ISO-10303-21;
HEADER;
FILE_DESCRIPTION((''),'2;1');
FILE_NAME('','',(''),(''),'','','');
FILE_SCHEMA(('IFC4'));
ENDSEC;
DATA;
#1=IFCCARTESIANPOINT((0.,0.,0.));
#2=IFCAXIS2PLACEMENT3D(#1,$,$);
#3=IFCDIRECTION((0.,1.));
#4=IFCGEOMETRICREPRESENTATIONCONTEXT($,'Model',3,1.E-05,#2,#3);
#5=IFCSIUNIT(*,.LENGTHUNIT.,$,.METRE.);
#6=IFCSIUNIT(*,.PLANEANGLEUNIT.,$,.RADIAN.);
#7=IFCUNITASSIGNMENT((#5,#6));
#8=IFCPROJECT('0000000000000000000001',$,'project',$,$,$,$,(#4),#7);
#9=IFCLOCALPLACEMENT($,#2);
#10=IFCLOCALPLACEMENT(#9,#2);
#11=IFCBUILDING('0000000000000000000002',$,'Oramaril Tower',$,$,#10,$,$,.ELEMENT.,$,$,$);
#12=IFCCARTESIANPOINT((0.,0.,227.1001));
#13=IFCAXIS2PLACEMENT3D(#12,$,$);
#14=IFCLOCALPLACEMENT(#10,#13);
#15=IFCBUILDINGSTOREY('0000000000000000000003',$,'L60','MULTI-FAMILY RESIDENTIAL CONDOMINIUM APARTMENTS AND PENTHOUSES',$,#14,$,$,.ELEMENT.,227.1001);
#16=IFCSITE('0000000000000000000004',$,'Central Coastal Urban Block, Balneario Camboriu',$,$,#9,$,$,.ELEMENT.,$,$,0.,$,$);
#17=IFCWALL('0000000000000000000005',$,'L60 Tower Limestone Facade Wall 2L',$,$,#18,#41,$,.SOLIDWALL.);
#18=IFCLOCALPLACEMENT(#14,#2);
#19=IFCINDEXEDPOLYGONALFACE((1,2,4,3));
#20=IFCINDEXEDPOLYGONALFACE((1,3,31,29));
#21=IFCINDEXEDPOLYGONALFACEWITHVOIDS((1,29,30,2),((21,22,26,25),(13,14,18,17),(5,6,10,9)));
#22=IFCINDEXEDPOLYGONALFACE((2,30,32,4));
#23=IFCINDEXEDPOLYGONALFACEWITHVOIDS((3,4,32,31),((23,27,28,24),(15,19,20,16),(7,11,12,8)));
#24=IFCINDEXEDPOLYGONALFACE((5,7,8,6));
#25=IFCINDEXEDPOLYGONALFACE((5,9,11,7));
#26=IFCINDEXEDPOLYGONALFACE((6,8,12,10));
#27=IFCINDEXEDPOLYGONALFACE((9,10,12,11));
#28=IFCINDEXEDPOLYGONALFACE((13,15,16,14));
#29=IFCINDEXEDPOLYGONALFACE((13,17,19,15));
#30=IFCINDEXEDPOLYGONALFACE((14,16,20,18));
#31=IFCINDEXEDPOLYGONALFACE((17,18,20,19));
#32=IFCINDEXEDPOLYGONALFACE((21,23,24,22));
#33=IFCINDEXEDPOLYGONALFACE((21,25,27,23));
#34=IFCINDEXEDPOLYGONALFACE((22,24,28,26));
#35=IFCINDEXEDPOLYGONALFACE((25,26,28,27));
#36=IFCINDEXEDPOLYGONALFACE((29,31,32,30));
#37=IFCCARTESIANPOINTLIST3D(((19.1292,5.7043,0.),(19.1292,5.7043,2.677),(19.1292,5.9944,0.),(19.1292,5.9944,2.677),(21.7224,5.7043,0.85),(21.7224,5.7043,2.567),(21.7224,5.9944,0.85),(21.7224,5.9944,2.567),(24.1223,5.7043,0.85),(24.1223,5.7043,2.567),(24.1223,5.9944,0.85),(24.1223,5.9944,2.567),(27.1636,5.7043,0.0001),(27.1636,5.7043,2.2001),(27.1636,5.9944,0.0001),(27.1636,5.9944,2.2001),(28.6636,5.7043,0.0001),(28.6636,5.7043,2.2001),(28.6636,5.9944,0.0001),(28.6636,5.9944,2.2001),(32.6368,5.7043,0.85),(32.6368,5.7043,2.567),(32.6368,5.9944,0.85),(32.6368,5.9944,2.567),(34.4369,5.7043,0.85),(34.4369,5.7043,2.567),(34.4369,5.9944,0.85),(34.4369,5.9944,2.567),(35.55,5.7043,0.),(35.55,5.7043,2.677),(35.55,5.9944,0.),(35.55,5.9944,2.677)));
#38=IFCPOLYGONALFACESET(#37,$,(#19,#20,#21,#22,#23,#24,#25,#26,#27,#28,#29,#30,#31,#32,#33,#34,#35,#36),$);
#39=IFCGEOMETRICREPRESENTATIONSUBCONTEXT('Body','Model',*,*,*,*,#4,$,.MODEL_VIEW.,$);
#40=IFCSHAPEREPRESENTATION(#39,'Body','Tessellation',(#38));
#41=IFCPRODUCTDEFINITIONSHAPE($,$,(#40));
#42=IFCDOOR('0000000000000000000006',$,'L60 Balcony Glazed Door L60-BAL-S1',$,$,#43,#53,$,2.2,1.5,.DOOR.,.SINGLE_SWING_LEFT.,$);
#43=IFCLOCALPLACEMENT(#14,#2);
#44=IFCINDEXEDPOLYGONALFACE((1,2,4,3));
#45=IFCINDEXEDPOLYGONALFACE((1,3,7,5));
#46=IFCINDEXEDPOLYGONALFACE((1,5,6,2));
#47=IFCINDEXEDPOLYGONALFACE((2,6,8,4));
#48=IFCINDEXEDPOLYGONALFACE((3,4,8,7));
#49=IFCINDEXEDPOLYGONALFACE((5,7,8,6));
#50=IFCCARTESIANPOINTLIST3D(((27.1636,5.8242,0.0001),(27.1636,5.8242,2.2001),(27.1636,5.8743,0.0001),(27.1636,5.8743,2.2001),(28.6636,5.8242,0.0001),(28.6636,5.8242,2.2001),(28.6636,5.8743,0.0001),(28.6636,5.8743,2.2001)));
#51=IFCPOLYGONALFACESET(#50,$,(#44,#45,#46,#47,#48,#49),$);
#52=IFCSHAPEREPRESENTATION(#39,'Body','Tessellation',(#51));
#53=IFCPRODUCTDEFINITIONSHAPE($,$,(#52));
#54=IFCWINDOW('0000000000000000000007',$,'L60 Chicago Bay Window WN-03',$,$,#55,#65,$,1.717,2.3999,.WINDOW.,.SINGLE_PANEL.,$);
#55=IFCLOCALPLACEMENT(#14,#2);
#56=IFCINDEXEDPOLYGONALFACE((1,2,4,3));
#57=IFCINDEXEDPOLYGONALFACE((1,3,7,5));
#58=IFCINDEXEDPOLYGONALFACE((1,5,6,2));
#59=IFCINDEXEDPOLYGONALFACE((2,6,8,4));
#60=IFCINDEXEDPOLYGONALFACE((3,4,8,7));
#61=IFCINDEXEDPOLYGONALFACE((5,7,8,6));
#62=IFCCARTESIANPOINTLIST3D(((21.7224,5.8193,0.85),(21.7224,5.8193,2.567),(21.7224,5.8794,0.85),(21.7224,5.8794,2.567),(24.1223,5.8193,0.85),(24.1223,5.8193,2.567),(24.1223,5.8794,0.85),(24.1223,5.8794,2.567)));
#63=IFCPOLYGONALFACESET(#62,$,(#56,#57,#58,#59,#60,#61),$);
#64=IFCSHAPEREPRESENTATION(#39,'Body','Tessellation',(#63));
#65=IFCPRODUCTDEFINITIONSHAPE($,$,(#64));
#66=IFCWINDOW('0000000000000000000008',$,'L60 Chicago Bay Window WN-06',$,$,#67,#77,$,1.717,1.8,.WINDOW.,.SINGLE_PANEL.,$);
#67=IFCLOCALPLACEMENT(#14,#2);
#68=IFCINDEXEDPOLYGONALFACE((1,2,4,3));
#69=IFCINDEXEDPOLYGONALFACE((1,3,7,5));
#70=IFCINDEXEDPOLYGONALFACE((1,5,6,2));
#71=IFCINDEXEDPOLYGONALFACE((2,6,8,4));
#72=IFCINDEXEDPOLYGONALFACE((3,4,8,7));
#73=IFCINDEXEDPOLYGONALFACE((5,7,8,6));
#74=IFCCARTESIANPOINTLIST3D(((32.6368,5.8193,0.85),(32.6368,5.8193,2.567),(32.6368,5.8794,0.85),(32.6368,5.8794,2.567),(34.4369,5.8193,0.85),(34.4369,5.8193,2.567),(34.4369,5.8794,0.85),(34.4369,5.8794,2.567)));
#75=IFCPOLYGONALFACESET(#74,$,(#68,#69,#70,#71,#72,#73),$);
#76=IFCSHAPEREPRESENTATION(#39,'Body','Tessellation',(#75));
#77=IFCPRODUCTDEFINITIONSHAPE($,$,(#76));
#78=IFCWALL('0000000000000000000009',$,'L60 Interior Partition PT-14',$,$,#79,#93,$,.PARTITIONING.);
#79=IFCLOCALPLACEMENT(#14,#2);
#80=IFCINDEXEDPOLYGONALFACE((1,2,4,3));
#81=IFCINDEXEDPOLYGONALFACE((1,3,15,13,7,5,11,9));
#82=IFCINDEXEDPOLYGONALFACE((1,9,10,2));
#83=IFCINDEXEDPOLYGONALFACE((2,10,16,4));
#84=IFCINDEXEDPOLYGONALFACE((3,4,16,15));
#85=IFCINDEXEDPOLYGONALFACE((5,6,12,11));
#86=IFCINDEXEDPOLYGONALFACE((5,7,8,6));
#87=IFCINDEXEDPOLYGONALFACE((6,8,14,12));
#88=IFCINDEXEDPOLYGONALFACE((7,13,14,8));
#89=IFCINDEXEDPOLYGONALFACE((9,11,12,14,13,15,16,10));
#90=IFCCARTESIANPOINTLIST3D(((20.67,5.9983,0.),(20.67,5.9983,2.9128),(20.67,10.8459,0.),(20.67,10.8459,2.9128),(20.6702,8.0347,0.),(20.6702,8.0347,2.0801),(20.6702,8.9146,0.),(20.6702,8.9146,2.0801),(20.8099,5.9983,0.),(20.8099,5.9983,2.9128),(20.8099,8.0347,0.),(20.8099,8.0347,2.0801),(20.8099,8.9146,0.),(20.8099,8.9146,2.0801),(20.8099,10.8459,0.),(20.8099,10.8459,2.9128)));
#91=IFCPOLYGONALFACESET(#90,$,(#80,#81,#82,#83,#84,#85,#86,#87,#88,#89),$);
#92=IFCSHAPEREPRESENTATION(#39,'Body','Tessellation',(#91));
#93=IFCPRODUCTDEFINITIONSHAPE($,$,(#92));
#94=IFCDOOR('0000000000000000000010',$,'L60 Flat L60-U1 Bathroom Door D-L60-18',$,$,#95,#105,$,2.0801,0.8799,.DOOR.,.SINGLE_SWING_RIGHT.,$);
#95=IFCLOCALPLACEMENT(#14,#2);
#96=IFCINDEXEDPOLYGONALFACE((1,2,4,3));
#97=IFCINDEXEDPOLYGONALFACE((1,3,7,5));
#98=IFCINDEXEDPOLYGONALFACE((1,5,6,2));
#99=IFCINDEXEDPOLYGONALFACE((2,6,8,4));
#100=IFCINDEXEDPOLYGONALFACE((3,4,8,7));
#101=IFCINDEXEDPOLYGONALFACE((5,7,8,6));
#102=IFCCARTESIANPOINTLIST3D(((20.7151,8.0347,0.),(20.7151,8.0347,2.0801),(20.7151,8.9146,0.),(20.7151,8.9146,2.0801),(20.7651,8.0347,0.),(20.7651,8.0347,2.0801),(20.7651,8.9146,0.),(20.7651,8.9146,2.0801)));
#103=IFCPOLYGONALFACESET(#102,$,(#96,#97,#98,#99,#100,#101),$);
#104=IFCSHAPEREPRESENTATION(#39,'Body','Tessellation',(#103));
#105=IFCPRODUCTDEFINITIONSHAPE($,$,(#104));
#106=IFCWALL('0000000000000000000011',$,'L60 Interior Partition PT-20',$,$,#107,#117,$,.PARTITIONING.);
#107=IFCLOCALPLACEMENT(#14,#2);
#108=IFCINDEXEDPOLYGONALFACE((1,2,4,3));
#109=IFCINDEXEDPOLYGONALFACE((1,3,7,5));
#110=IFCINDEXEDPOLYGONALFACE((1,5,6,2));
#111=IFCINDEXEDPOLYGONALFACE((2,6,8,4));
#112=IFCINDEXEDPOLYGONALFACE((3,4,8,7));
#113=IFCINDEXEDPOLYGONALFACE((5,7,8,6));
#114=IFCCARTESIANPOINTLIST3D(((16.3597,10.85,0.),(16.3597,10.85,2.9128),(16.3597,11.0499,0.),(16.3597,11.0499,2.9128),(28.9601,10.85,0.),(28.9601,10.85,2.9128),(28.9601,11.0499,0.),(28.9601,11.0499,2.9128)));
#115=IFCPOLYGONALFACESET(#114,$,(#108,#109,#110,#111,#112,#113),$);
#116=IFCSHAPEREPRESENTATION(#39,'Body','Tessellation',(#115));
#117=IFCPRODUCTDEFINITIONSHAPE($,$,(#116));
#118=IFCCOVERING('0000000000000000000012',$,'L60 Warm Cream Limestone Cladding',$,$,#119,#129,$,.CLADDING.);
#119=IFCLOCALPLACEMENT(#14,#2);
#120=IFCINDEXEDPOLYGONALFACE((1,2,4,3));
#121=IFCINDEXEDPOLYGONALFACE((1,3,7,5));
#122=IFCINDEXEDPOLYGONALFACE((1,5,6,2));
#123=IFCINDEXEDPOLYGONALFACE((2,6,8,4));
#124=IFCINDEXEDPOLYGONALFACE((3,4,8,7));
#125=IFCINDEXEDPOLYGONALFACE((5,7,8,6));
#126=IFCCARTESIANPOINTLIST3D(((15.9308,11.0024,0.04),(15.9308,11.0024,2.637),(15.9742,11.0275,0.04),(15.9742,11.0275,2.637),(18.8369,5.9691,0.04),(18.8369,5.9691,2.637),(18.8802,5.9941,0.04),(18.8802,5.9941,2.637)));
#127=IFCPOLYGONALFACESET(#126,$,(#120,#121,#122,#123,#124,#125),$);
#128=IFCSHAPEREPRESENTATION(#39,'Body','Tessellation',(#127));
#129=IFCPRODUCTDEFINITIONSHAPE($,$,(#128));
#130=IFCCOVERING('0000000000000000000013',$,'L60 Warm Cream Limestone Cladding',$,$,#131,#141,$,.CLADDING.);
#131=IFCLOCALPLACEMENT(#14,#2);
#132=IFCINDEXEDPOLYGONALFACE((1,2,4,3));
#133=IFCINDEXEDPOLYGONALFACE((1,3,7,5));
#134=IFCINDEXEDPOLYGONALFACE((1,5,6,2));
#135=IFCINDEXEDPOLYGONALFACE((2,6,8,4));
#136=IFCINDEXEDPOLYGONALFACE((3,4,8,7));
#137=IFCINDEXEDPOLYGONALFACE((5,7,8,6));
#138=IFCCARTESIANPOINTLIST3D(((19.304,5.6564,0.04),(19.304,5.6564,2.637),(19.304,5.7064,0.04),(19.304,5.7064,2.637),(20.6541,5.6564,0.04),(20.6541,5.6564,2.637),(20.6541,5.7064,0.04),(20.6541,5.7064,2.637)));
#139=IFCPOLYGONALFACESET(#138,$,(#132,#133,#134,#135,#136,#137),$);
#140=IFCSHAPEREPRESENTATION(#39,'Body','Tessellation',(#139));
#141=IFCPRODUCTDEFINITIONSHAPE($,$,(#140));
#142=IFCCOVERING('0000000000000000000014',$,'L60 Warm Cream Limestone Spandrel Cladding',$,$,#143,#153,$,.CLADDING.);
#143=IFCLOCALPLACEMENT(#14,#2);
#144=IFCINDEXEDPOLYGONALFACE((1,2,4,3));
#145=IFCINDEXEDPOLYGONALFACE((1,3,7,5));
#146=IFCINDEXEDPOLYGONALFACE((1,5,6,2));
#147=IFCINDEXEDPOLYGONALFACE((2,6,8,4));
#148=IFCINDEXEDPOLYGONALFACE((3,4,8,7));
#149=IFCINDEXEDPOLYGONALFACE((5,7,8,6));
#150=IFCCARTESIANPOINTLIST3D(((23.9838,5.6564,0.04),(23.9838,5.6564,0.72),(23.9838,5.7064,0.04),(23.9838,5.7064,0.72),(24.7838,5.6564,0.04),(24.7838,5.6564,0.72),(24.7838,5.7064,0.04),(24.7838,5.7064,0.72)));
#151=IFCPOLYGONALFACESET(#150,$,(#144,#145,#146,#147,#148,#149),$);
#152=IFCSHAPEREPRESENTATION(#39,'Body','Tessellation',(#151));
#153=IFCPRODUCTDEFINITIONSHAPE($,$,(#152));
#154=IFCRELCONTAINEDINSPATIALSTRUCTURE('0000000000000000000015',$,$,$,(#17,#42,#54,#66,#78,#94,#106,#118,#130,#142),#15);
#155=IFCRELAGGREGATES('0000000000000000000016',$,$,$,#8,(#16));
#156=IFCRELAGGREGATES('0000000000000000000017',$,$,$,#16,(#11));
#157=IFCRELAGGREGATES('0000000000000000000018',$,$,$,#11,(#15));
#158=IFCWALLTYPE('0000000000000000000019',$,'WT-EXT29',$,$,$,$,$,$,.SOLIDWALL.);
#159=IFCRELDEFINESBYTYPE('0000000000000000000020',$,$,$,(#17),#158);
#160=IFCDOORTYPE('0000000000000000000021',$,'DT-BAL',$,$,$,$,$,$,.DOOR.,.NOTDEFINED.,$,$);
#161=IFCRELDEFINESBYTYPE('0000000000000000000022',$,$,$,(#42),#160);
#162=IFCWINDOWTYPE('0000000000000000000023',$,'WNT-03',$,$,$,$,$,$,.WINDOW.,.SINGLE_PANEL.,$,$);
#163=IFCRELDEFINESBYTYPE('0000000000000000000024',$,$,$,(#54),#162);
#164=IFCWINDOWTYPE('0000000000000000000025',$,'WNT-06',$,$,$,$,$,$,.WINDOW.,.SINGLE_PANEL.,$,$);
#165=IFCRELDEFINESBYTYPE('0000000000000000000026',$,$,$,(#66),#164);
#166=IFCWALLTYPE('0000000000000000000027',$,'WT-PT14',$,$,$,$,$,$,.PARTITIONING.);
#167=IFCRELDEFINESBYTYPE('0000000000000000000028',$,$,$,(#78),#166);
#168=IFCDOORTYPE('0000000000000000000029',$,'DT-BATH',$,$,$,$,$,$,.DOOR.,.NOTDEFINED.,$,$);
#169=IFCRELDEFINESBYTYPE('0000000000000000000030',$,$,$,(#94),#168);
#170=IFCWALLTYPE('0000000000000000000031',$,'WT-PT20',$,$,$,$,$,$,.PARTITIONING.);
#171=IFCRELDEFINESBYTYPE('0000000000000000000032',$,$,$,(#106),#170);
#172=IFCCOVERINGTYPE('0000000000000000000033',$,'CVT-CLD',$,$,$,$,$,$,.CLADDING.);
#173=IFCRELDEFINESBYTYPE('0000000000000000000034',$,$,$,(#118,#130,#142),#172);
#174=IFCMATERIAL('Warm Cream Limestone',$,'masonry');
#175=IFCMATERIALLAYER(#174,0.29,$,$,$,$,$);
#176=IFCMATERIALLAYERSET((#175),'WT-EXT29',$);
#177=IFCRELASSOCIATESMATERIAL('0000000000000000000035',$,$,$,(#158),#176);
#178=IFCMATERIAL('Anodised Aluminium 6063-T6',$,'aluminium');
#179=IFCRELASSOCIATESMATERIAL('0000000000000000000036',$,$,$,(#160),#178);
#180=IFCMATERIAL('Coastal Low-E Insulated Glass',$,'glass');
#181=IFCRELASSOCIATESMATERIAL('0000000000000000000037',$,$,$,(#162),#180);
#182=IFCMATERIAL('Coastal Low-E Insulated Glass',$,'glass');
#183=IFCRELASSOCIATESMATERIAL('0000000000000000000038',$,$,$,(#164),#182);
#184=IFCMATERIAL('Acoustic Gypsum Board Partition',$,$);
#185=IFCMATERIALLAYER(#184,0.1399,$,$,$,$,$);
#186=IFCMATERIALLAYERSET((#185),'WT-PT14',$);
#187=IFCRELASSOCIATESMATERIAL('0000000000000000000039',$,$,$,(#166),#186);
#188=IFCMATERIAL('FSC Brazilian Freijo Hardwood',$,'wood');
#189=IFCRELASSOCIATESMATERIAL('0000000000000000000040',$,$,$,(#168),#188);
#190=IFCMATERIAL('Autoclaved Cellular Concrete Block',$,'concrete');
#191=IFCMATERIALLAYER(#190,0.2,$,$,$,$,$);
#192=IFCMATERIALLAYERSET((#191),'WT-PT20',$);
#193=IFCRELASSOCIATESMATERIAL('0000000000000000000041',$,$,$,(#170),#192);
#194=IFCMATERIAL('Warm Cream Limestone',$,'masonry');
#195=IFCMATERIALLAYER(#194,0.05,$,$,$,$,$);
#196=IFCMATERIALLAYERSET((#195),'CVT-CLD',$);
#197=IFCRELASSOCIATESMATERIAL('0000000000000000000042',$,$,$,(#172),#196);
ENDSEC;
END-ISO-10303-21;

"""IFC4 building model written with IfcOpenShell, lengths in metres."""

from ifc_helpers import new_model, si_unit, direction, frame, frame_2d, origin, origin_2d, place, context, subcontext, project, spatial, rectangle, extrude, material, layer, layer_set, type_object, element, fill, save


model = new_model("IFC4")

# Units and contexts
model_context = context("Model", 3, precision=1e-05, world=origin(), true_north=direction((0.0, 1.0)))
body_context = subcontext(model_context, "Body", "Model", "MODEL_VIEW")
ifc_project = project(units=[si_unit("LENGTHUNIT", "METRE"), si_unit("PLANEANGLEUNIT", "RADIAN")], contexts=[model_context])

# Site, building, storey
site_placement = place(None, origin())
site = spatial("IfcSite", under=ifc_project, at=site_placement, Name="Central Coastal Urban Block, Balneario Camboriu", CompositionType="ELEMENT", RefElevation=0.0)
building_placement = place(site_placement, origin())
building = spatial("IfcBuilding", under=site, at=building_placement, Name="Oramaril Tower", CompositionType="ELEMENT")
storey_placement = place(building_placement, frame((0.0, 0.0, 227.1001)))
storey = spatial("IfcBuildingStorey", under=building, at=storey_placement, Name="L60", Description="MULTI-FAMILY RESIDENTIAL CONDOMINIUM APARTMENTS AND PENTHOUSES", CompositionType="ELEMENT", Elevation=227.1001)

# Wall, openings, door, windows
ifc_material_1 = material(Name="Warm Cream Limestone", Category="masonry")
ifc_layer_1 = layer(ifc_material_1, 0.29)
ifc_layer_set_1 = layer_set([ifc_layer_1], Name="WT-EXT29")
wall_type_1 = type_object("IfcWallType", Name="WT-EXT29", PredefinedType="SOLIDWALL", material=ifc_layer_set_1)
wall_1_placement = place(storey_placement, frame((19.1292, 5.8494, 0.0), z_axis=(0.0, 0.0, 1.0), x_axis=(1.0, 0.0, 0.0)))
wall_1 = element("IfcWall", 1, at=wall_1_placement, inside=storey, type_object=wall_type_1, Name="L60 Tower Limestone Facade Wall 2L", PredefinedType="SOLIDWALL", context=body_context, shape_type="SweptSolid", body=[
    extrude(rectangle(XDim=16.4209, YDim=0.29, at=frame_2d((8.2104, 0.0))), origin(), (0.0, 0.0, 1.0), 2.677),
])
opening_1_placement = place(wall_1_placement, frame((8.0344, 0.0, 0.0)))
opening_1 = element("IfcOpeningElement", 2, at=opening_1_placement, cuts=wall_1, PredefinedType="OPENING", context=body_context, shape_type="SweptSolid", body=[
    extrude(rectangle(XDim=1.5, YDim=2.2, at=frame_2d((0.75, 1.1001))), frame((0.0, 0.145, 0.0), z_axis=(0.0, -1.0, 0.0), x_axis=(1.0, 0.0, 0.0)), (0.0, 0.0, 1.0), 0.29),
])
opening_2_placement = place(wall_1_placement, frame((2.5933, 0.0, 0.8501)))
opening_2 = element("IfcOpeningElement", 3, at=opening_2_placement, cuts=wall_1, PredefinedType="OPENING", context=body_context, shape_type="SweptSolid", body=[
    extrude(rectangle(XDim=2.3999, YDim=1.717, at=frame_2d((1.2, 0.8584))), frame((0.0, 0.145, 0.0), z_axis=(0.0, -1.0, 0.0), x_axis=(1.0, 0.0, 0.0)), (0.0, 0.0, 1.0), 0.29),
])
opening_3_placement = place(wall_1_placement, frame((13.5078, 0.0, 0.8501)))
opening_3 = element("IfcOpeningElement", 4, at=opening_3_placement, cuts=wall_1, PredefinedType="OPENING", context=body_context, shape_type="SweptSolid", body=[
    extrude(rectangle(XDim=1.8, YDim=1.717, at=frame_2d((0.8999, 0.8584))), frame((0.0, 0.145, 0.0), z_axis=(0.0, -1.0, 0.0), x_axis=(1.0, 0.0, 0.0)), (0.0, 0.0, 1.0), 0.29),
])
ifc_material_2 = material(Name="Anodised Aluminium 6063-T6", Category="aluminium")
door_type_1 = type_object("IfcDoorType", Name="DT-BAL", OperationType="NOTDEFINED", PredefinedType="DOOR", material=ifc_material_2)
door_1_placement = place(opening_1_placement, origin())
door_1 = element("IfcDoor", 5, at=door_1_placement, inside=storey, type_object=door_type_1, Name="L60 Balcony Glazed Door L60-BAL-S1", OperationType="SINGLE_SWING_LEFT", OverallHeight=2.2, OverallWidth=1.5, PredefinedType="DOOR", context=body_context, shape_type="SweptSolid", body=[
    extrude(rectangle(XDim=1.5, YDim=2.2, at=frame_2d((0.75, 1.1001))), frame((0.0, 0.0249, 0.0), z_axis=(0.0, -1.0, 0.0), x_axis=(1.0, 0.0, 0.0)), (0.0, 0.0, 1.0), 0.05),
])
fill(opening_1, door_1)
ifc_material_3 = material(Name="Coastal Low-E Insulated Glass", Category="glass")
window_type_1 = type_object("IfcWindowType", Name="WNT-03", PartitioningType="SINGLE_PANEL", PredefinedType="WINDOW", material=ifc_material_3)
window_1_placement = place(opening_2_placement, origin())
window_1 = element("IfcWindow", 6, at=window_1_placement, inside=storey, type_object=window_type_1, Name="L60 Chicago Bay Window WN-03", OverallHeight=1.717, OverallWidth=2.3999, PartitioningType="SINGLE_PANEL", PredefinedType="WINDOW", context=body_context, shape_type="SweptSolid", body=[
    extrude(rectangle(XDim=2.3999, YDim=1.717, at=frame_2d((1.2, 0.8584))), frame((0.0, 0.03, 0.0), z_axis=(0.0, -1.0, 0.0), x_axis=(1.0, 0.0, 0.0)), (0.0, 0.0, 1.0), 0.0601),
])
fill(opening_2, window_1)
ifc_material_4 = material(Name="Coastal Low-E Insulated Glass", Category="glass")
window_type_2 = type_object("IfcWindowType", Name="WNT-06", PartitioningType="SINGLE_PANEL", PredefinedType="WINDOW", material=ifc_material_4)
window_2_placement = place(opening_3_placement, origin())
window_2 = element("IfcWindow", 7, at=window_2_placement, inside=storey, type_object=window_type_2, Name="L60 Chicago Bay Window WN-06", OverallHeight=1.717, OverallWidth=1.8, PartitioningType="SINGLE_PANEL", PredefinedType="WINDOW", context=body_context, shape_type="SweptSolid", body=[
    extrude(rectangle(XDim=1.8, YDim=1.717, at=frame_2d((0.8999, 0.8584))), frame((0.0, 0.03, 0.0), z_axis=(0.0, -1.0, 0.0), x_axis=(1.0, 0.0, 0.0)), (0.0, 0.0, 1.0), 0.0601),
])
fill(opening_3, window_2)

# Wall, opening, door
ifc_material_5 = material(Name="Acoustic Gypsum Board Partition")
ifc_layer_2 = layer(ifc_material_5, 0.1399)
ifc_layer_set_2 = layer_set([ifc_layer_2], Name="WT-PT14")
wall_type_2 = type_object("IfcWallType", Name="WT-PT14", PredefinedType="PARTITIONING", material=ifc_layer_set_2)
wall_2_placement = place(storey_placement, frame((20.74, 5.9983, 0.0), z_axis=(0.0, 0.0, 1.0), x_axis=(0.0, 1.0, 0.0)))
wall_2 = element("IfcWall", 8, at=wall_2_placement, inside=storey, type_object=wall_type_2, Name="L60 Interior Partition PT-14", PredefinedType="PARTITIONING", context=body_context, shape_type="SweptSolid", body=[
    extrude(rectangle(XDim=4.8477, YDim=0.1399, at=frame_2d((2.4238, 0.0))), origin(), (0.0, 0.0, 1.0), 2.9128),
])
opening_4_placement = place(wall_2_placement, frame((2.0364, 0.0, 0.0)))
opening_4 = element("IfcOpeningElement", 9, at=opening_4_placement, cuts=wall_2, PredefinedType="OPENING", context=body_context, shape_type="SweptSolid", body=[
    extrude(rectangle(XDim=0.8799, YDim=2.0801, at=frame_2d((0.4399, 1.04))), frame((0.0, 0.0698, 0.0), z_axis=(0.0, -1.0, 0.0), x_axis=(1.0, 0.0, 0.0)), (0.0, 0.0, 1.0), 0.1399),
])
ifc_material_6 = material(Name="FSC Brazilian Freijo Hardwood", Category="wood")
door_type_2 = type_object("IfcDoorType", Name="DT-BATH", OperationType="NOTDEFINED", PredefinedType="DOOR", material=ifc_material_6)
door_2_placement = place(opening_4_placement, origin())
door_2 = element("IfcDoor", 10, at=door_2_placement, inside=storey, type_object=door_type_2, Name="L60 Flat L60-U1 Bathroom Door D-L60-18", OperationType="SINGLE_SWING_RIGHT", OverallHeight=2.0801, OverallWidth=0.8799, PredefinedType="DOOR", context=body_context, shape_type="SweptSolid", body=[
    extrude(rectangle(XDim=0.8799, YDim=2.0801, at=frame_2d((0.4399, 1.04))), frame((0.0, 0.0249, 0.0), z_axis=(0.0, -1.0, 0.0), x_axis=(1.0, 0.0, 0.0)), (0.0, 0.0, 1.0), 0.05),
])
fill(opening_4, door_2)

# Shared definitions
ifc_material_7 = material(Name="Autoclaved Cellular Concrete Block", Category="concrete")
ifc_layer_3 = layer(ifc_material_7, 0.2)
ifc_layer_set_3 = layer_set([ifc_layer_3], Name="WT-PT20")
wall_type_3 = type_object("IfcWallType", Name="WT-PT20", PredefinedType="PARTITIONING", material=ifc_layer_set_3)

# Wall
wall_3_placement = place(storey_placement, frame((16.3596, 10.95, 0.0), z_axis=(0.0, 0.0, 1.0), x_axis=(1.0, 0.0, 0.0)))
element("IfcWall", 11, at=wall_3_placement, inside=storey, type_object=wall_type_3, Name="L60 Interior Partition PT-20", PredefinedType="PARTITIONING", context=body_context, shape_type="SweptSolid", body=[
    extrude(rectangle(XDim=12.6003, YDim=0.2, at=frame_2d((6.3003, 0.0))), origin(), (0.0, 0.0, 1.0), 2.9128),
])

# Coverings
ifc_material_8 = material(Name="Warm Cream Limestone", Category="masonry")
ifc_layer_4 = layer(ifc_material_8, 0.05)
ifc_layer_set_4 = layer_set([ifc_layer_4], Name="CVT-CLD")
covering_type = type_object("IfcCoveringType", Name="CVT-CLD", PredefinedType="CLADDING", material=ifc_layer_set_4)
covering_1_placement = place(storey_placement, frame((17.4055, 8.4983, 0.04), z_axis=(0.0, 0.0, 1.0), x_axis=(0.500003, -0.866024, 0.0)))
element("IfcCovering", 12, at=covering_1_placement, inside=storey, type_object=covering_type, Name="L60 Warm Cream Limestone Cladding", PredefinedType="CLADDING", context=body_context, shape_type="SweptSolid", body=[
    extrude(rectangle(XDim=5.812, YDim=0.05, at=origin_2d()), origin(), (0.0, 0.0, 1.0), 2.5969),
])
covering_2_placement = place(storey_placement, frame((19.979, 5.6814, 0.04), z_axis=(0.0, 0.0, 1.0), x_axis=(1.0, 0.0, 0.0)))
element("IfcCovering", 13, at=covering_2_placement, inside=storey, type_object=covering_type, Name="L60 Warm Cream Limestone Cladding", PredefinedType="CLADDING", context=body_context, shape_type="SweptSolid", body=[
    extrude(rectangle(XDim=1.3501, YDim=0.05, at=origin_2d()), origin(), (0.0, 0.0, 1.0), 2.5969),
])
covering_3_placement = place(storey_placement, frame((24.3838, 5.6814, 0.04), z_axis=(0.0, 0.0, 1.0), x_axis=(1.0, 0.0, 0.0)))
element("IfcCovering", 14, at=covering_3_placement, inside=storey, type_object=covering_type, Name="L60 Warm Cream Limestone Spandrel Cladding", PredefinedType="CLADDING", context=body_context, shape_type="SweptSolid", body=[
    extrude(rectangle(XDim=0.8, YDim=0.05, at=origin_2d()), origin(), (0.0, 0.0, 1.0), 0.6799),
])

save(model, "model.ifc")
